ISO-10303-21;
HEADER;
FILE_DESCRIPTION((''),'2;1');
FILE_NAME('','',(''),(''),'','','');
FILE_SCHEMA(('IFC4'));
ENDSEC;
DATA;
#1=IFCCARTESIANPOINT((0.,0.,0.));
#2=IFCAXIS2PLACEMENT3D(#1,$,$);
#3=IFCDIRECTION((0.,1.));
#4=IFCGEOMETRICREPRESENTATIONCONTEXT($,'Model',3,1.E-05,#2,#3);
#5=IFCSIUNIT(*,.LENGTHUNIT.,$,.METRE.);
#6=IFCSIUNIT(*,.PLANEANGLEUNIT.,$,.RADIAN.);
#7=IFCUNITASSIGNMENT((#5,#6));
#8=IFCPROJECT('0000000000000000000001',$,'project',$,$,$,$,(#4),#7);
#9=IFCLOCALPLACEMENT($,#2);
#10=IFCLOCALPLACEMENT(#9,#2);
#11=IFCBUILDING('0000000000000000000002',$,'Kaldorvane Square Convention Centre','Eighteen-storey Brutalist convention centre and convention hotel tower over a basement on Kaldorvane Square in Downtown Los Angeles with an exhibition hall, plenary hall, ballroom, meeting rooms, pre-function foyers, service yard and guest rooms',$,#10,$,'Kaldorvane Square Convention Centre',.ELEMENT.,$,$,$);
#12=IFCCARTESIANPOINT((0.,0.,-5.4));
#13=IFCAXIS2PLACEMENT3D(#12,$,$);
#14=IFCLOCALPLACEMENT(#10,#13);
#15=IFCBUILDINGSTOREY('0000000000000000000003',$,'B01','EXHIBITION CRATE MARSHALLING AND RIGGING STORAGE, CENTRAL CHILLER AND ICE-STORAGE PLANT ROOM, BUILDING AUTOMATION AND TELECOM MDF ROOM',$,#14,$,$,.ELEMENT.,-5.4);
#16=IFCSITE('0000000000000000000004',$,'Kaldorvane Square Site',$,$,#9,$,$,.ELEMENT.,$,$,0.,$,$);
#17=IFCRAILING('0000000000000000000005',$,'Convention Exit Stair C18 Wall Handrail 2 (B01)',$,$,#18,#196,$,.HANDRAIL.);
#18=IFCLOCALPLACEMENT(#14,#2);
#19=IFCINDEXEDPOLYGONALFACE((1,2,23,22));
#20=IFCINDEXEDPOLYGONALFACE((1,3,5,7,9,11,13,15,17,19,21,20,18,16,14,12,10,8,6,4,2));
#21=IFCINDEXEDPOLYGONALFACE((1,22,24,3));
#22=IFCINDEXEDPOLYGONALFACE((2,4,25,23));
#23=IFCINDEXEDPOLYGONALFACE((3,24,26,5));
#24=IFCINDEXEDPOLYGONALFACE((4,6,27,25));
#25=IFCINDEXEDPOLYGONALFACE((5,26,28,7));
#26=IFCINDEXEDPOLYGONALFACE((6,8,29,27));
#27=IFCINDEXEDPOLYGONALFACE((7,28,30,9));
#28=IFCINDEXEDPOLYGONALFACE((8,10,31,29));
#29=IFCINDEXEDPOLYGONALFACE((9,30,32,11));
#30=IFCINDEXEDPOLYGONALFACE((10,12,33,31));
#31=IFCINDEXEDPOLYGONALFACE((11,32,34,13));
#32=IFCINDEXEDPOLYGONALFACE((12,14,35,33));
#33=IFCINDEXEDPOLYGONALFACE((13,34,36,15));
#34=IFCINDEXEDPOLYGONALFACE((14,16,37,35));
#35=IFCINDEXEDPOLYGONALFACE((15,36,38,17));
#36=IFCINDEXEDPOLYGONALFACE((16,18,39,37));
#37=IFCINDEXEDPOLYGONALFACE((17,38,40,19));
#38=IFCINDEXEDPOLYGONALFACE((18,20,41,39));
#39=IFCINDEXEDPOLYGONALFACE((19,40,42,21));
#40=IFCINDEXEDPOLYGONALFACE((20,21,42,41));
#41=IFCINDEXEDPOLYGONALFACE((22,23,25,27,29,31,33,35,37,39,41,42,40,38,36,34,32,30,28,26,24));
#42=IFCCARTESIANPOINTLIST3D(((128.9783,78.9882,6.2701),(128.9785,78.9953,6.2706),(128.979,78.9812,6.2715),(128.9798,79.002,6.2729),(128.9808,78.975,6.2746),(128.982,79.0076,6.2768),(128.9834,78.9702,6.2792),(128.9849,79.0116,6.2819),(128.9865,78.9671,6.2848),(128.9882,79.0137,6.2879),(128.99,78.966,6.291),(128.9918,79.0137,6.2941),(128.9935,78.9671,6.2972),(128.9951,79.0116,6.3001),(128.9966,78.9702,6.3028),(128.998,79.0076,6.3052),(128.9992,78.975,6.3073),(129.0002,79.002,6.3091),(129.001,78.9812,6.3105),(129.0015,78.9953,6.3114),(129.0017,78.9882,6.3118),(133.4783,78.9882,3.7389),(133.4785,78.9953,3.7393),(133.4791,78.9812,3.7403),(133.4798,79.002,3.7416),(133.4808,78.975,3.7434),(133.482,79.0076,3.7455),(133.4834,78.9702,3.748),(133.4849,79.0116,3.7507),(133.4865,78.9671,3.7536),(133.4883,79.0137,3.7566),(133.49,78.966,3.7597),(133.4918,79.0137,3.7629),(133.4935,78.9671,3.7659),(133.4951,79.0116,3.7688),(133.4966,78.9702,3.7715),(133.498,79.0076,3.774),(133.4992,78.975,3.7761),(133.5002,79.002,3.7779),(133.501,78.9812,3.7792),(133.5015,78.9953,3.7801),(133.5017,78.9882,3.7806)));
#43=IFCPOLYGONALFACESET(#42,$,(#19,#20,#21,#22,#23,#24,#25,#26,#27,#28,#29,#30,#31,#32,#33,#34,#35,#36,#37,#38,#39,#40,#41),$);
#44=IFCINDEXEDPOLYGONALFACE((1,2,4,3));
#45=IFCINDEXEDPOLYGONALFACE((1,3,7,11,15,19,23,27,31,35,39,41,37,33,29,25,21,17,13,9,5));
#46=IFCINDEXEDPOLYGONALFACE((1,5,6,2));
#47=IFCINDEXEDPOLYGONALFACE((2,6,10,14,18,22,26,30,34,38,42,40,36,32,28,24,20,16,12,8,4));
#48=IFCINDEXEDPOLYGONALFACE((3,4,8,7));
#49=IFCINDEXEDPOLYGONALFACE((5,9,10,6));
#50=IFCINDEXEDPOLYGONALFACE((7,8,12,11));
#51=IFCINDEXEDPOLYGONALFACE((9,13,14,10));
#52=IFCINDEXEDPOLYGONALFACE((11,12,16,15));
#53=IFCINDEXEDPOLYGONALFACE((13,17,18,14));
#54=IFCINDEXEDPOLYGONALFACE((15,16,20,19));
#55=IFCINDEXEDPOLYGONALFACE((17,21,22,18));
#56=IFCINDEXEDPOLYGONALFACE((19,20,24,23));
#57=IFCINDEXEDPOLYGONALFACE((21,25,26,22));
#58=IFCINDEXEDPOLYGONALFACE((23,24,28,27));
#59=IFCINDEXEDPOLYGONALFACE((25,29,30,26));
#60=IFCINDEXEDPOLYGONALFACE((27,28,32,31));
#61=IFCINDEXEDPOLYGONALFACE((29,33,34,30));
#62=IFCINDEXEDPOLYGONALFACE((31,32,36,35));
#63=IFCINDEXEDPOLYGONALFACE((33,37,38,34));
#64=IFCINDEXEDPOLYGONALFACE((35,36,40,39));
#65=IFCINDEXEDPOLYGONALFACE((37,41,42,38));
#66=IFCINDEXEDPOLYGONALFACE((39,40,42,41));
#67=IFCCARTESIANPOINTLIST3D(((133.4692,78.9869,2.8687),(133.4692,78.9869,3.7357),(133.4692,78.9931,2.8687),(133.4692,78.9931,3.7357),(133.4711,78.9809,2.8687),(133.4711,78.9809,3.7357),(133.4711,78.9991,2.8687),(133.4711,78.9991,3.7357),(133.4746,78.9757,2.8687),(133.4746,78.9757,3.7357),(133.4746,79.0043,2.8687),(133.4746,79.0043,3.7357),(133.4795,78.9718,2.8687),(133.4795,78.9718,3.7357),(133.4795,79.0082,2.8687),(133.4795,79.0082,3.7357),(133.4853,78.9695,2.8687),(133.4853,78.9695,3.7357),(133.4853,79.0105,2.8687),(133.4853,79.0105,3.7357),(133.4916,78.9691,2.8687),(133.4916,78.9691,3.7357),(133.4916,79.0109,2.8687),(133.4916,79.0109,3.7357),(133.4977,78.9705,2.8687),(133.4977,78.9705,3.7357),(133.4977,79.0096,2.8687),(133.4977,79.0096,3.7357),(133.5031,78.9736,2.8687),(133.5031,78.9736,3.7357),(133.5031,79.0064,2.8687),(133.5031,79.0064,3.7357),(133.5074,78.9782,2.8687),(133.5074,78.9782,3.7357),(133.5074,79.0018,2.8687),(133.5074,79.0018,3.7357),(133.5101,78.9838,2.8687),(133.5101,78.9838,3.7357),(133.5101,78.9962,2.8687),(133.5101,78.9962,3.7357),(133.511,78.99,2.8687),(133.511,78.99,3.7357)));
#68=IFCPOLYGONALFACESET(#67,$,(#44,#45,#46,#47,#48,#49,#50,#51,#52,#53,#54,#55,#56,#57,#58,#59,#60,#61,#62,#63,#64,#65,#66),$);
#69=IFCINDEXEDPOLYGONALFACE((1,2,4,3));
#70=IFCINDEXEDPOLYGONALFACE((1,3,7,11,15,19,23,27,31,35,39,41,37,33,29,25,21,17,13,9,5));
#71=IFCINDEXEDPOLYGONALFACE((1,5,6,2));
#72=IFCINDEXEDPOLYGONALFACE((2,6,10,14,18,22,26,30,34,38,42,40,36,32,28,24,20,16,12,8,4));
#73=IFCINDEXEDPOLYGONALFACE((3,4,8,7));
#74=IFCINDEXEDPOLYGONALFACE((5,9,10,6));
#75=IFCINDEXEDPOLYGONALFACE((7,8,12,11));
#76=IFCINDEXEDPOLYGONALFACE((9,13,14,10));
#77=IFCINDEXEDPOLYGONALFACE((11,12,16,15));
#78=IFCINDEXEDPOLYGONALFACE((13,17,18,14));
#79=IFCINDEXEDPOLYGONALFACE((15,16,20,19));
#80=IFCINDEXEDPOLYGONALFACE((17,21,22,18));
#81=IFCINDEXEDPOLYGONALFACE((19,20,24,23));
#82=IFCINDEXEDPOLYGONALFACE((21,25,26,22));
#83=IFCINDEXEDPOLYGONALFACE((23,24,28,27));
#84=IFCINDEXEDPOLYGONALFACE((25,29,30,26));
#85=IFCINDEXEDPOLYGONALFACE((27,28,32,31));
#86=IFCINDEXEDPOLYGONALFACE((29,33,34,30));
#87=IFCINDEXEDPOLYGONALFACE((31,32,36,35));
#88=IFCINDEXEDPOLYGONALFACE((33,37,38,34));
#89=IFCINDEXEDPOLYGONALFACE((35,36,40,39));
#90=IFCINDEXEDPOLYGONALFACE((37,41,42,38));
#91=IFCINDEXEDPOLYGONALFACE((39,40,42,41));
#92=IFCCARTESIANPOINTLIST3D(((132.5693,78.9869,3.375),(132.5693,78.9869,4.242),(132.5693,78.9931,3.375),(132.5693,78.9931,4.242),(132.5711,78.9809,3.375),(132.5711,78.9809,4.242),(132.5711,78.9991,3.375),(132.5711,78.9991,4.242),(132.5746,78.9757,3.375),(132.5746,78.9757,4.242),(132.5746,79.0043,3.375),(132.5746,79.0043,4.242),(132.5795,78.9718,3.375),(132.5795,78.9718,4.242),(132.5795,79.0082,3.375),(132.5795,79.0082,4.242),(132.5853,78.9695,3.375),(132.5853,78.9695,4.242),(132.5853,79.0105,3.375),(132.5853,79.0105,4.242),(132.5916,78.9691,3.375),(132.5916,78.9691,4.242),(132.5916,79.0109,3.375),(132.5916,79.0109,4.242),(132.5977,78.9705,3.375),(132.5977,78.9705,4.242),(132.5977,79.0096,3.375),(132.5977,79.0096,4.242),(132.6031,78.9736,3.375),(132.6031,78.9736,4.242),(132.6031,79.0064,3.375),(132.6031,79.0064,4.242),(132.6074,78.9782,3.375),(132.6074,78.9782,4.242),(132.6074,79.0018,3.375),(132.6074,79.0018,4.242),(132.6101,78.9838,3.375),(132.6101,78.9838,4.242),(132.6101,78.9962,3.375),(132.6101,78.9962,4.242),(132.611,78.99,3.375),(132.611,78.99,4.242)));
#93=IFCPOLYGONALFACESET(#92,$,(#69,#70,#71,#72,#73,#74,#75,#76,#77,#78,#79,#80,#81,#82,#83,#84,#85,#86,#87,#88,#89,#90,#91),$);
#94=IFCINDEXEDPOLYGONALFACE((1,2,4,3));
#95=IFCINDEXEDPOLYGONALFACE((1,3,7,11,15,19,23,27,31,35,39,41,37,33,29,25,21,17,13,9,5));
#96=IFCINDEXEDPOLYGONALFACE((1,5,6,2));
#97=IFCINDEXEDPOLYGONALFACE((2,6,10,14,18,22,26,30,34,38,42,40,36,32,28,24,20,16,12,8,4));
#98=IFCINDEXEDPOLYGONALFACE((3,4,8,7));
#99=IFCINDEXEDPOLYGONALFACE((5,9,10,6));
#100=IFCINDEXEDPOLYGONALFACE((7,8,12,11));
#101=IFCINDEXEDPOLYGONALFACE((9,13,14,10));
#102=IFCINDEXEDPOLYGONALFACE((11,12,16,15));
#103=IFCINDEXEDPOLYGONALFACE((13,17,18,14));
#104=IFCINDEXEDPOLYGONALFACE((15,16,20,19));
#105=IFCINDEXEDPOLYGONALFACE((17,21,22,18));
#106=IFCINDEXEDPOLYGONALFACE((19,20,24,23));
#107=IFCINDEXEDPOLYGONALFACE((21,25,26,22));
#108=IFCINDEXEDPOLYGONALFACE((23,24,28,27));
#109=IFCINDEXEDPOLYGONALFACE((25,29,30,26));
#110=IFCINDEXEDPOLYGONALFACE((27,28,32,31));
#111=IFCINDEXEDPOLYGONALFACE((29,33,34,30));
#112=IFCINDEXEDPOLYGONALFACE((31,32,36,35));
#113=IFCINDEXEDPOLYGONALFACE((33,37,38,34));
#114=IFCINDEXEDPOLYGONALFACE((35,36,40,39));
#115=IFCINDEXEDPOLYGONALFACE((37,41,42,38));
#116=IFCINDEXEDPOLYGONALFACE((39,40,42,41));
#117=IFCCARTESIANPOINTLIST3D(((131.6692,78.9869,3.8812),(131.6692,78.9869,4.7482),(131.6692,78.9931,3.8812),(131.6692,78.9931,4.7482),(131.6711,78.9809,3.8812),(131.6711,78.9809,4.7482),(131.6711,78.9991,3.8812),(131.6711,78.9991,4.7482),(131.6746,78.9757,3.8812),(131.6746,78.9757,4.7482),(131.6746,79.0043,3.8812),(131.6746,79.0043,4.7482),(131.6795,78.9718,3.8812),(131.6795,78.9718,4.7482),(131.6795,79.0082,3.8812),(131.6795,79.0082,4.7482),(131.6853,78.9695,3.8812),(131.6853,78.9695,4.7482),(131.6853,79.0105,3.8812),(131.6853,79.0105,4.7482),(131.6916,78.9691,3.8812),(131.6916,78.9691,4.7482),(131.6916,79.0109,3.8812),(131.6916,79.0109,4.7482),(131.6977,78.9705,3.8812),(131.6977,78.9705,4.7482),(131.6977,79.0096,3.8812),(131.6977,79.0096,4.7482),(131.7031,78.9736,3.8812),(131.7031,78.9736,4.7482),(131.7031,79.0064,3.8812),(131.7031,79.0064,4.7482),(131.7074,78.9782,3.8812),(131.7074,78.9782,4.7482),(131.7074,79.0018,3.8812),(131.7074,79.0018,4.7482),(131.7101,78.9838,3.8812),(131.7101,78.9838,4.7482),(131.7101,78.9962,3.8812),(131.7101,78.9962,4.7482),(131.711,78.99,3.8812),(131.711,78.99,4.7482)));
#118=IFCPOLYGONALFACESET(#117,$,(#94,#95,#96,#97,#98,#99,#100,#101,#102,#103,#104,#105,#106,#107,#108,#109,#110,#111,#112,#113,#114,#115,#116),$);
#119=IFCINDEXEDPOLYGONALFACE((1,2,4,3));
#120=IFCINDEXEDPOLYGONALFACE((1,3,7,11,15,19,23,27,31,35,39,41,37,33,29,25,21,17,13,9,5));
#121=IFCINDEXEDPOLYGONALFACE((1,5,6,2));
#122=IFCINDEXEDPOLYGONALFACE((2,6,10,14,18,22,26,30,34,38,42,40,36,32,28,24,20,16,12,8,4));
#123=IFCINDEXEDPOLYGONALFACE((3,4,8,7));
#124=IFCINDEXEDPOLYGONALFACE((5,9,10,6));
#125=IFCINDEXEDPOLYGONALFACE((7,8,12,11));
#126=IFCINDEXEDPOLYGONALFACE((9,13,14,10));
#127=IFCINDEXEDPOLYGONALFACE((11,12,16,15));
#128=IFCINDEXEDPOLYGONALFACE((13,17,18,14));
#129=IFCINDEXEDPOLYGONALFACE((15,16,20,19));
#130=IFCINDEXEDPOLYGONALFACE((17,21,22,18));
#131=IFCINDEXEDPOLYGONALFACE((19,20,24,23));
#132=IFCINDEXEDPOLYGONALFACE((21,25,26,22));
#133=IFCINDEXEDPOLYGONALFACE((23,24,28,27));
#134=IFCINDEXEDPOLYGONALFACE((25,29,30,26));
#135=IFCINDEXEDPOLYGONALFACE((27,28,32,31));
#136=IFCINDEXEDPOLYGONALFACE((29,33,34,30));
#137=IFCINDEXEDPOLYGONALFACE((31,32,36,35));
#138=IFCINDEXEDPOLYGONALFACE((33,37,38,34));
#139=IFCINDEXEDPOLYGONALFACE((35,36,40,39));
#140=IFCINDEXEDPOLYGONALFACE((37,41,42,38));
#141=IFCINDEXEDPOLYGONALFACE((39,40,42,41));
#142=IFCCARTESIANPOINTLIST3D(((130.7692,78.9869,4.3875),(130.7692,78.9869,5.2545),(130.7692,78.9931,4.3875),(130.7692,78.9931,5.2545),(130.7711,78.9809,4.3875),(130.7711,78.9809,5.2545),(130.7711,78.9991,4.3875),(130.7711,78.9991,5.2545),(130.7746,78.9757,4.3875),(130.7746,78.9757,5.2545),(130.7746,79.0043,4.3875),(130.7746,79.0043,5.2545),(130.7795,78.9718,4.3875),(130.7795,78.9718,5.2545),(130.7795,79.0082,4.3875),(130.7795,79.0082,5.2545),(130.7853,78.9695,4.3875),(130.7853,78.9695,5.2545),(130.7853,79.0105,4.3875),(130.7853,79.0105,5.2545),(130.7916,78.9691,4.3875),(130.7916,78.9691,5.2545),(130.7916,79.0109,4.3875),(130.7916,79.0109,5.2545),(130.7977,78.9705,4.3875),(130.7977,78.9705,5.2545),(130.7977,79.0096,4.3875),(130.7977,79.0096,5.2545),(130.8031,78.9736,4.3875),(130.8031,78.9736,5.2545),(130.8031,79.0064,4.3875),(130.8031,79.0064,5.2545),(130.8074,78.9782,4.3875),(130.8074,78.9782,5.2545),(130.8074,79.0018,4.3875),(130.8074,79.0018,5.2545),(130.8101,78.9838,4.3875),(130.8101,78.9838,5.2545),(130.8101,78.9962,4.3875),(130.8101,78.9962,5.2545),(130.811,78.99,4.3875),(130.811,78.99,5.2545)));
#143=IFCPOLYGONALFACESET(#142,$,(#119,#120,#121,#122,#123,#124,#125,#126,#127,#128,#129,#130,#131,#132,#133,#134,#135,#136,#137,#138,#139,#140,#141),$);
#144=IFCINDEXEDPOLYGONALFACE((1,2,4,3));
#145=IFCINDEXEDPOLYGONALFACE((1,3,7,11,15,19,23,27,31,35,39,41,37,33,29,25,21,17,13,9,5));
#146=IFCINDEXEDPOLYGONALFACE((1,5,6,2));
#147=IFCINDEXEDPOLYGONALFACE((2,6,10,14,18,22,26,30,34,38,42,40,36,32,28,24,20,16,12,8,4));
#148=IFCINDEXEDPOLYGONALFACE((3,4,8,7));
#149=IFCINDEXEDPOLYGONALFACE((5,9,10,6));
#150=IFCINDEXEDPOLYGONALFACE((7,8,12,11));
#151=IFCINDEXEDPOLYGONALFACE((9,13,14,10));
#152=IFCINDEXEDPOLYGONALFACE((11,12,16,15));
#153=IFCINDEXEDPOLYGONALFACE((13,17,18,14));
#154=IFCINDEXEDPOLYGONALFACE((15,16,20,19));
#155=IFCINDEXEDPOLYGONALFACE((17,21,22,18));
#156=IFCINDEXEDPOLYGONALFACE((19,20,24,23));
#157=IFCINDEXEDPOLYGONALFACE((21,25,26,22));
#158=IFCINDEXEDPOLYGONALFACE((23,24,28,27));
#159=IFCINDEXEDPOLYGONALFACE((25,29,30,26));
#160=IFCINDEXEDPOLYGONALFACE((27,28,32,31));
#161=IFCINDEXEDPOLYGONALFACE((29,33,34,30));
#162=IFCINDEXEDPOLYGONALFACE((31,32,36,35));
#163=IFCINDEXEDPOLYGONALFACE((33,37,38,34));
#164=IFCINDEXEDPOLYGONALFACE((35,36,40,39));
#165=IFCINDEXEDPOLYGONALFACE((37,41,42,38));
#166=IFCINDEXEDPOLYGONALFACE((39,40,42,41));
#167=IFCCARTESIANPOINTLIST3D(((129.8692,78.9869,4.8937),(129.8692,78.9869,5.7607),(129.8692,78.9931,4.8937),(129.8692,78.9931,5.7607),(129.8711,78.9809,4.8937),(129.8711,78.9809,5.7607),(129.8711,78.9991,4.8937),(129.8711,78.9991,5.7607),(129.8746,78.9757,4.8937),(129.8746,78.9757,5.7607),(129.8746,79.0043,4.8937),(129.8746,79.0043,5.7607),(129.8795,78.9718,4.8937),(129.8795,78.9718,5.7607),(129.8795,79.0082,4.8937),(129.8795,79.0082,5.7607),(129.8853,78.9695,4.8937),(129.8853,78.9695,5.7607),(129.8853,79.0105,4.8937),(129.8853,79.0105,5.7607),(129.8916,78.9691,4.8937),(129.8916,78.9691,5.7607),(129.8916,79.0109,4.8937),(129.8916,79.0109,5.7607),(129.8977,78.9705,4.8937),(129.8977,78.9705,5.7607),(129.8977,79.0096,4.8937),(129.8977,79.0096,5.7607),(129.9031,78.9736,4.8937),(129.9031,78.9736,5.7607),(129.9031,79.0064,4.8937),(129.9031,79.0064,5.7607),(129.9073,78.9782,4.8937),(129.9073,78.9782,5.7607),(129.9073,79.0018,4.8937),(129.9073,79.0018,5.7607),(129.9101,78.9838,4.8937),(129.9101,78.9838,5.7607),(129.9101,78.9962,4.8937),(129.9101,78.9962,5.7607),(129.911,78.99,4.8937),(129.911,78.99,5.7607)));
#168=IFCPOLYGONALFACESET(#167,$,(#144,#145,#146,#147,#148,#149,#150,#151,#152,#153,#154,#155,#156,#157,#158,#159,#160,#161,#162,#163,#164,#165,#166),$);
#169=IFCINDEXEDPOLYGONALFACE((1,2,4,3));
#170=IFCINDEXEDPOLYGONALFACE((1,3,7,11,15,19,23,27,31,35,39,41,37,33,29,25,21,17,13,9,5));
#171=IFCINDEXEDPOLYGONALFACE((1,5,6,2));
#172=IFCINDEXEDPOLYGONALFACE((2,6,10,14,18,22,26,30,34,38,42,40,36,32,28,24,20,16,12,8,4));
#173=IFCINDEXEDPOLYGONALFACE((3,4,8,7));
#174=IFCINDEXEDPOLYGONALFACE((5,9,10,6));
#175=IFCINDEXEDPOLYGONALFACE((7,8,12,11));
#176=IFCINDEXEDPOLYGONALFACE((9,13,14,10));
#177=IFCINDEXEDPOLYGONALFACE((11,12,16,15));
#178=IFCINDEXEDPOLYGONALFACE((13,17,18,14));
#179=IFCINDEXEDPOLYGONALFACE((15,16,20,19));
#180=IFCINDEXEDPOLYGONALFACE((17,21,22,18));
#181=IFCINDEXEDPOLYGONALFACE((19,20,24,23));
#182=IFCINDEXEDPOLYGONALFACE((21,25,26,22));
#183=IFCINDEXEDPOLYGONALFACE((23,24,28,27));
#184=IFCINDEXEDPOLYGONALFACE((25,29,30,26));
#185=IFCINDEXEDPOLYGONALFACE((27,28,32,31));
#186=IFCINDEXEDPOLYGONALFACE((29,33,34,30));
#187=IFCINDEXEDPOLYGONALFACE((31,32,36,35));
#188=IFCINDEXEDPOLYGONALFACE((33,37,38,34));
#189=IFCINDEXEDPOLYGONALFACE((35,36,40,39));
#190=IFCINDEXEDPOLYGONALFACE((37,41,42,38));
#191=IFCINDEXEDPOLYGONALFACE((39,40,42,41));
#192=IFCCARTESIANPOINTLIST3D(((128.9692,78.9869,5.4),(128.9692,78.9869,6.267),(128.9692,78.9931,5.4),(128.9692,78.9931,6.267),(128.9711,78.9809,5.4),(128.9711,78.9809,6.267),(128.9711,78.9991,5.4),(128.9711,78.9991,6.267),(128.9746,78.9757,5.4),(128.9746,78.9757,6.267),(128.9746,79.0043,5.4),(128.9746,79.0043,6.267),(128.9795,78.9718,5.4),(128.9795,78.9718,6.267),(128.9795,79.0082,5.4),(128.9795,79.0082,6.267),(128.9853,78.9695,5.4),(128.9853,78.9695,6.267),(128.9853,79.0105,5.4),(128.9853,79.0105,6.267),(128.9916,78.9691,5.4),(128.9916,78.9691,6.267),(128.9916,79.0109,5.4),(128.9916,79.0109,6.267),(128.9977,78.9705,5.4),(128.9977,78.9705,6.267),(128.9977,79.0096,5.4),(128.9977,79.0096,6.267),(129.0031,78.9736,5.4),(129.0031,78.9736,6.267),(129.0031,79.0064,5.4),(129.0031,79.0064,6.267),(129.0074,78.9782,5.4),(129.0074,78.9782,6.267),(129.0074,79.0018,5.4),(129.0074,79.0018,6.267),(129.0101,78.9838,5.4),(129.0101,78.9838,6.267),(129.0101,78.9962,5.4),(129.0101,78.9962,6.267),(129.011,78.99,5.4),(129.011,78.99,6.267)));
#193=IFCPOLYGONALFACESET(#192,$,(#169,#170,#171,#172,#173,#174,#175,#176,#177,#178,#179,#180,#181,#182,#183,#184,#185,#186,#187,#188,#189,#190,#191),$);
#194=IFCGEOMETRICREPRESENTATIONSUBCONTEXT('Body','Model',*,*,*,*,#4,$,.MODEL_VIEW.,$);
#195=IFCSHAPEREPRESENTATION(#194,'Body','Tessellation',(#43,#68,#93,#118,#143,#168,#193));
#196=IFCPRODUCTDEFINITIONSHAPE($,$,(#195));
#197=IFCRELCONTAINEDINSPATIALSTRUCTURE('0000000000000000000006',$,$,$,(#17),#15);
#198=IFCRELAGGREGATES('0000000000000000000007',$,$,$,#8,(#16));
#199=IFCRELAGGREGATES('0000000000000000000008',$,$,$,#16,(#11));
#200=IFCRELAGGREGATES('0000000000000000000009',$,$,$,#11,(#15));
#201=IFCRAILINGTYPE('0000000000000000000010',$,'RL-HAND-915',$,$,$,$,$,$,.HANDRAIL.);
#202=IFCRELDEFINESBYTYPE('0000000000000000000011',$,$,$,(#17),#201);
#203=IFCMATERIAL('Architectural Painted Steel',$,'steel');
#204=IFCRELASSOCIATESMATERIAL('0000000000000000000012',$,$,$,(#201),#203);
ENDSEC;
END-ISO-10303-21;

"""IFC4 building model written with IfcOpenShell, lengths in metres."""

from ifc_helpers import new_model, si_unit, direction, frame, origin, origin_2d, place, context, subcontext, project, spatial, circle, extrude, material, type_object, element, save


model = new_model("IFC4")

# Units and contexts
model_context = context("Model", 3, precision=1e-05, world=origin(), true_north=direction((0.0, 1.0)))
body_context = subcontext(model_context, "Body", "Model", "MODEL_VIEW")
ifc_project = project(units=[si_unit("LENGTHUNIT", "METRE"), si_unit("PLANEANGLEUNIT", "RADIAN")], contexts=[model_context])

# Site, building, storey
site_placement = place(None, origin())
site = spatial("IfcSite", under=ifc_project, at=site_placement, Name="Kaldorvane Square Site", CompositionType="ELEMENT", RefElevation=0.0)
building_placement = place(site_placement, origin())
building = spatial("IfcBuilding", under=site, at=building_placement, Name="Kaldorvane Square Convention Centre", Description="Eighteen-storey Brutalist convention centre and convention hotel tower over a basement on Kaldorvane Square in Downtown Los Angeles with an exhibition hall, plenary hall, ballroom, meeting rooms, pre-function foyers, service yard and guest rooms", LongName="Kaldorvane Square Convention Centre", CompositionType="ELEMENT")
storey_placement = place(building_placement, frame((0.0, 0.0, -5.4)))
storey = spatial("IfcBuildingStorey", under=building, at=storey_placement, Name="B01", Description="EXHIBITION CRATE MARSHALLING AND RIGGING STORAGE, CENTRAL CHILLER AND ICE-STORAGE PLANT ROOM, BUILDING AUTOMATION AND TELECOM MDF ROOM", CompositionType="ELEMENT", Elevation=-5.4)

# Railing
ifc_material_1 = material(Name="Architectural Painted Steel", Category="steel")
railing_type_1 = type_object("IfcRailingType", Name="RL-HAND-915", PredefinedType="HANDRAIL", material=ifc_material_1)
railing_1_placement = place(storey_placement, frame((133.49, 78.99, 2.8687)))
element("IfcRailing", 1, at=railing_1_placement, inside=storey, type_object=railing_type_1, Name="Convention Exit Stair C18 Wall Handrail 2 (B01)", PredefinedType="HANDRAIL", context=body_context, shape_type="SweptSolid", body=[
    extrude(circle(Radius=0.024, at=origin_2d()), frame((0.0, 0.0, 0.891), z_axis=(-0.871576, 0.0, 0.490261), x_axis=(0.0, -1.0, 0.0)), (0.0, 0.0, 1.0), 5.1631),
    extrude(circle(Radius=0.021, at=origin_2d()), origin(), (0.0, 0.0, 1.0), 0.867),
    extrude(circle(Radius=0.021, at=origin_2d()), frame((-0.9, 0.0, 0.5063)), (0.0, 0.0, 1.0), 0.867),
    extrude(circle(Radius=0.021, at=origin_2d()), frame((-1.8, 0.0, 1.0125)), (0.0, 0.0, 1.0), 0.867),
    extrude(circle(Radius=0.021, at=origin_2d()), frame((-2.7, 0.0, 1.5188)), (0.0, 0.0, 1.0), 0.867),
    extrude(circle(Radius=0.021, at=origin_2d()), frame((-3.6, 0.0, 2.025)), (0.0, 0.0, 1.0), 0.867),
    extrude(circle(Radius=0.021, at=origin_2d()), frame((-4.5, 0.0, 2.5312)), (0.0, 0.0, 1.0), 0.867),
])

save(model, "model.ifc")
